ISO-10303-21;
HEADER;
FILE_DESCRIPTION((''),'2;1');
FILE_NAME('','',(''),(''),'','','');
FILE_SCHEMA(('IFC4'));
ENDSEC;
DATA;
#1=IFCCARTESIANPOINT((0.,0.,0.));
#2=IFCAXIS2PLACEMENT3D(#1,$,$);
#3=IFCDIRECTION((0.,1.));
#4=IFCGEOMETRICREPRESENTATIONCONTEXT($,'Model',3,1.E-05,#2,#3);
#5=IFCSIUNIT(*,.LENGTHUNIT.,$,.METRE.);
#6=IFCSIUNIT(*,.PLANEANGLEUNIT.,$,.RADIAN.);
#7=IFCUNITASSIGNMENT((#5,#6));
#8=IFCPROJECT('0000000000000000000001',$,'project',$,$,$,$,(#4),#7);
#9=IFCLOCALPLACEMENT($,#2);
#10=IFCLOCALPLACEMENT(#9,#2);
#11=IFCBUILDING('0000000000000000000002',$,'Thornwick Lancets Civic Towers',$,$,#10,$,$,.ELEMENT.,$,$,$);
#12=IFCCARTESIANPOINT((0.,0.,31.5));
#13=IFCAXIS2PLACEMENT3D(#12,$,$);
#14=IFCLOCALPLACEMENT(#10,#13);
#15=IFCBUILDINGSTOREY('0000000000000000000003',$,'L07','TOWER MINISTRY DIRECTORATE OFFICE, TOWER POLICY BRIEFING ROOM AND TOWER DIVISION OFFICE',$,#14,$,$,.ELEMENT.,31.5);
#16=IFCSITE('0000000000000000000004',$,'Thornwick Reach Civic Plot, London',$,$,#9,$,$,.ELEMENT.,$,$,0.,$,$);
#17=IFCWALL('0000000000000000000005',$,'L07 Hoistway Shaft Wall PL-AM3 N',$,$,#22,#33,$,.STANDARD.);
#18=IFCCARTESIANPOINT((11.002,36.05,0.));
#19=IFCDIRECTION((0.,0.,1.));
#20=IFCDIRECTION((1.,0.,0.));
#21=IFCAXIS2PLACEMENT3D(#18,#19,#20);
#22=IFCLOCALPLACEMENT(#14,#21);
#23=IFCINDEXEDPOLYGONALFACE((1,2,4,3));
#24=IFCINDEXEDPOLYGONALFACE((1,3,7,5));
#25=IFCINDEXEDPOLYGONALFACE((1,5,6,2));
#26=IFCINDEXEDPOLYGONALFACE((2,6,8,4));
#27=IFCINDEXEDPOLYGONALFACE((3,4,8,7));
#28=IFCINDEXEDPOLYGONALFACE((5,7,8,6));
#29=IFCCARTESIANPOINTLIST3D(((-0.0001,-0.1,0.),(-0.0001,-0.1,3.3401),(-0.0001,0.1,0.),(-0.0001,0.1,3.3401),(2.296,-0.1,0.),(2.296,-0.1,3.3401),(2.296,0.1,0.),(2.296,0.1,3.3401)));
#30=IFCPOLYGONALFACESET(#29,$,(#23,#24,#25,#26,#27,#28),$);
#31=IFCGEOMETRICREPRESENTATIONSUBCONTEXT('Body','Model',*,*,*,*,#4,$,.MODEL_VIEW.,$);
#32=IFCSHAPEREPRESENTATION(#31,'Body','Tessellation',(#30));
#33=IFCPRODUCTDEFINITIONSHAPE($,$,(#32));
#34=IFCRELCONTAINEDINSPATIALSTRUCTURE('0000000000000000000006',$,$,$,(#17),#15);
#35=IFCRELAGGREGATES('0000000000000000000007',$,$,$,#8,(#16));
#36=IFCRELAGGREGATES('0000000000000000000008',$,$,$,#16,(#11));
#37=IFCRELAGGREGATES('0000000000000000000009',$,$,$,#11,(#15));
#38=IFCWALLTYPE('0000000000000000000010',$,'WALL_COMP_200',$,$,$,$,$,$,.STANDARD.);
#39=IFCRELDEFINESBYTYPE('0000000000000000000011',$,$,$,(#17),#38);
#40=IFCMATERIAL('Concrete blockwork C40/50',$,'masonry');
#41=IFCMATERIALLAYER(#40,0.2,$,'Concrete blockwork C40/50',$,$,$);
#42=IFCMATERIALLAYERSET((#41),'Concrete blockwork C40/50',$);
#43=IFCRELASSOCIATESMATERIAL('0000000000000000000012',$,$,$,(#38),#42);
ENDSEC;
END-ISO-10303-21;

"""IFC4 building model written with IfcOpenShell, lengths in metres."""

from ifc_helpers import new_model, si_unit, direction, frame, frame_2d, origin, place, context, subcontext, project, spatial, rectangle, extrude, material, layer, layer_set, type_object, element, save


model = new_model("IFC4")

# Units and contexts
model_context = context("Model", 3, precision=1e-05, world=origin(), true_north=direction((0.0, 1.0)))
body_context = subcontext(model_context, "Body", "Model", "MODEL_VIEW")
ifc_project = project(units=[si_unit("LENGTHUNIT", "METRE"), si_unit("PLANEANGLEUNIT", "RADIAN")], contexts=[model_context])

# Site, building, storey
site_placement = place(None, origin())
site = spatial("IfcSite", under=ifc_project, at=site_placement, Name="Thornwick Reach Civic Plot, London", CompositionType="ELEMENT", RefElevation=0.0)
building_placement = place(site_placement, origin())
building = spatial("IfcBuilding", under=site, at=building_placement, Name="Thornwick Lancets Civic Towers", CompositionType="ELEMENT")
storey_placement = place(building_placement, frame((0.0, 0.0, 31.5)))
storey = spatial("IfcBuildingStorey", under=building, at=storey_placement, Name="L07", Description="TOWER MINISTRY DIRECTORATE OFFICE, TOWER POLICY BRIEFING ROOM AND TOWER DIVISION OFFICE", CompositionType="ELEMENT", Elevation=31.5)

# Wall
ifc_material_1 = material(Name="Concrete blockwork C40/50", Category="masonry")
ifc_layer_1 = layer(ifc_material_1, 0.2, Name="Concrete blockwork C40/50")
ifc_layer_set_1 = layer_set([ifc_layer_1], Name="Concrete blockwork C40/50")
wall_type_1 = type_object("IfcWallType", Name="WALL_COMP_200", PredefinedType="STANDARD", material=ifc_layer_set_1)
wall_1_placement = place(storey_placement, frame((11.002, 36.05, 0.0), z_axis=(0.0, 0.0, 1.0), x_axis=(1.0, 0.0, 0.0)))
element("IfcWall", 1, at=wall_1_placement, inside=storey, type_object=wall_type_1, Name="L07 Hoistway Shaft Wall PL-AM3 N", PredefinedType="STANDARD", context=body_context, shape_type="SweptSolid", body=[
    extrude(rectangle(XDim=2.2961, YDim=0.2, at=frame_2d((1.1479, 0.0))), origin(), (0.0, 0.0, 1.0), 3.3401),
])

save(model, "model.ifc")
